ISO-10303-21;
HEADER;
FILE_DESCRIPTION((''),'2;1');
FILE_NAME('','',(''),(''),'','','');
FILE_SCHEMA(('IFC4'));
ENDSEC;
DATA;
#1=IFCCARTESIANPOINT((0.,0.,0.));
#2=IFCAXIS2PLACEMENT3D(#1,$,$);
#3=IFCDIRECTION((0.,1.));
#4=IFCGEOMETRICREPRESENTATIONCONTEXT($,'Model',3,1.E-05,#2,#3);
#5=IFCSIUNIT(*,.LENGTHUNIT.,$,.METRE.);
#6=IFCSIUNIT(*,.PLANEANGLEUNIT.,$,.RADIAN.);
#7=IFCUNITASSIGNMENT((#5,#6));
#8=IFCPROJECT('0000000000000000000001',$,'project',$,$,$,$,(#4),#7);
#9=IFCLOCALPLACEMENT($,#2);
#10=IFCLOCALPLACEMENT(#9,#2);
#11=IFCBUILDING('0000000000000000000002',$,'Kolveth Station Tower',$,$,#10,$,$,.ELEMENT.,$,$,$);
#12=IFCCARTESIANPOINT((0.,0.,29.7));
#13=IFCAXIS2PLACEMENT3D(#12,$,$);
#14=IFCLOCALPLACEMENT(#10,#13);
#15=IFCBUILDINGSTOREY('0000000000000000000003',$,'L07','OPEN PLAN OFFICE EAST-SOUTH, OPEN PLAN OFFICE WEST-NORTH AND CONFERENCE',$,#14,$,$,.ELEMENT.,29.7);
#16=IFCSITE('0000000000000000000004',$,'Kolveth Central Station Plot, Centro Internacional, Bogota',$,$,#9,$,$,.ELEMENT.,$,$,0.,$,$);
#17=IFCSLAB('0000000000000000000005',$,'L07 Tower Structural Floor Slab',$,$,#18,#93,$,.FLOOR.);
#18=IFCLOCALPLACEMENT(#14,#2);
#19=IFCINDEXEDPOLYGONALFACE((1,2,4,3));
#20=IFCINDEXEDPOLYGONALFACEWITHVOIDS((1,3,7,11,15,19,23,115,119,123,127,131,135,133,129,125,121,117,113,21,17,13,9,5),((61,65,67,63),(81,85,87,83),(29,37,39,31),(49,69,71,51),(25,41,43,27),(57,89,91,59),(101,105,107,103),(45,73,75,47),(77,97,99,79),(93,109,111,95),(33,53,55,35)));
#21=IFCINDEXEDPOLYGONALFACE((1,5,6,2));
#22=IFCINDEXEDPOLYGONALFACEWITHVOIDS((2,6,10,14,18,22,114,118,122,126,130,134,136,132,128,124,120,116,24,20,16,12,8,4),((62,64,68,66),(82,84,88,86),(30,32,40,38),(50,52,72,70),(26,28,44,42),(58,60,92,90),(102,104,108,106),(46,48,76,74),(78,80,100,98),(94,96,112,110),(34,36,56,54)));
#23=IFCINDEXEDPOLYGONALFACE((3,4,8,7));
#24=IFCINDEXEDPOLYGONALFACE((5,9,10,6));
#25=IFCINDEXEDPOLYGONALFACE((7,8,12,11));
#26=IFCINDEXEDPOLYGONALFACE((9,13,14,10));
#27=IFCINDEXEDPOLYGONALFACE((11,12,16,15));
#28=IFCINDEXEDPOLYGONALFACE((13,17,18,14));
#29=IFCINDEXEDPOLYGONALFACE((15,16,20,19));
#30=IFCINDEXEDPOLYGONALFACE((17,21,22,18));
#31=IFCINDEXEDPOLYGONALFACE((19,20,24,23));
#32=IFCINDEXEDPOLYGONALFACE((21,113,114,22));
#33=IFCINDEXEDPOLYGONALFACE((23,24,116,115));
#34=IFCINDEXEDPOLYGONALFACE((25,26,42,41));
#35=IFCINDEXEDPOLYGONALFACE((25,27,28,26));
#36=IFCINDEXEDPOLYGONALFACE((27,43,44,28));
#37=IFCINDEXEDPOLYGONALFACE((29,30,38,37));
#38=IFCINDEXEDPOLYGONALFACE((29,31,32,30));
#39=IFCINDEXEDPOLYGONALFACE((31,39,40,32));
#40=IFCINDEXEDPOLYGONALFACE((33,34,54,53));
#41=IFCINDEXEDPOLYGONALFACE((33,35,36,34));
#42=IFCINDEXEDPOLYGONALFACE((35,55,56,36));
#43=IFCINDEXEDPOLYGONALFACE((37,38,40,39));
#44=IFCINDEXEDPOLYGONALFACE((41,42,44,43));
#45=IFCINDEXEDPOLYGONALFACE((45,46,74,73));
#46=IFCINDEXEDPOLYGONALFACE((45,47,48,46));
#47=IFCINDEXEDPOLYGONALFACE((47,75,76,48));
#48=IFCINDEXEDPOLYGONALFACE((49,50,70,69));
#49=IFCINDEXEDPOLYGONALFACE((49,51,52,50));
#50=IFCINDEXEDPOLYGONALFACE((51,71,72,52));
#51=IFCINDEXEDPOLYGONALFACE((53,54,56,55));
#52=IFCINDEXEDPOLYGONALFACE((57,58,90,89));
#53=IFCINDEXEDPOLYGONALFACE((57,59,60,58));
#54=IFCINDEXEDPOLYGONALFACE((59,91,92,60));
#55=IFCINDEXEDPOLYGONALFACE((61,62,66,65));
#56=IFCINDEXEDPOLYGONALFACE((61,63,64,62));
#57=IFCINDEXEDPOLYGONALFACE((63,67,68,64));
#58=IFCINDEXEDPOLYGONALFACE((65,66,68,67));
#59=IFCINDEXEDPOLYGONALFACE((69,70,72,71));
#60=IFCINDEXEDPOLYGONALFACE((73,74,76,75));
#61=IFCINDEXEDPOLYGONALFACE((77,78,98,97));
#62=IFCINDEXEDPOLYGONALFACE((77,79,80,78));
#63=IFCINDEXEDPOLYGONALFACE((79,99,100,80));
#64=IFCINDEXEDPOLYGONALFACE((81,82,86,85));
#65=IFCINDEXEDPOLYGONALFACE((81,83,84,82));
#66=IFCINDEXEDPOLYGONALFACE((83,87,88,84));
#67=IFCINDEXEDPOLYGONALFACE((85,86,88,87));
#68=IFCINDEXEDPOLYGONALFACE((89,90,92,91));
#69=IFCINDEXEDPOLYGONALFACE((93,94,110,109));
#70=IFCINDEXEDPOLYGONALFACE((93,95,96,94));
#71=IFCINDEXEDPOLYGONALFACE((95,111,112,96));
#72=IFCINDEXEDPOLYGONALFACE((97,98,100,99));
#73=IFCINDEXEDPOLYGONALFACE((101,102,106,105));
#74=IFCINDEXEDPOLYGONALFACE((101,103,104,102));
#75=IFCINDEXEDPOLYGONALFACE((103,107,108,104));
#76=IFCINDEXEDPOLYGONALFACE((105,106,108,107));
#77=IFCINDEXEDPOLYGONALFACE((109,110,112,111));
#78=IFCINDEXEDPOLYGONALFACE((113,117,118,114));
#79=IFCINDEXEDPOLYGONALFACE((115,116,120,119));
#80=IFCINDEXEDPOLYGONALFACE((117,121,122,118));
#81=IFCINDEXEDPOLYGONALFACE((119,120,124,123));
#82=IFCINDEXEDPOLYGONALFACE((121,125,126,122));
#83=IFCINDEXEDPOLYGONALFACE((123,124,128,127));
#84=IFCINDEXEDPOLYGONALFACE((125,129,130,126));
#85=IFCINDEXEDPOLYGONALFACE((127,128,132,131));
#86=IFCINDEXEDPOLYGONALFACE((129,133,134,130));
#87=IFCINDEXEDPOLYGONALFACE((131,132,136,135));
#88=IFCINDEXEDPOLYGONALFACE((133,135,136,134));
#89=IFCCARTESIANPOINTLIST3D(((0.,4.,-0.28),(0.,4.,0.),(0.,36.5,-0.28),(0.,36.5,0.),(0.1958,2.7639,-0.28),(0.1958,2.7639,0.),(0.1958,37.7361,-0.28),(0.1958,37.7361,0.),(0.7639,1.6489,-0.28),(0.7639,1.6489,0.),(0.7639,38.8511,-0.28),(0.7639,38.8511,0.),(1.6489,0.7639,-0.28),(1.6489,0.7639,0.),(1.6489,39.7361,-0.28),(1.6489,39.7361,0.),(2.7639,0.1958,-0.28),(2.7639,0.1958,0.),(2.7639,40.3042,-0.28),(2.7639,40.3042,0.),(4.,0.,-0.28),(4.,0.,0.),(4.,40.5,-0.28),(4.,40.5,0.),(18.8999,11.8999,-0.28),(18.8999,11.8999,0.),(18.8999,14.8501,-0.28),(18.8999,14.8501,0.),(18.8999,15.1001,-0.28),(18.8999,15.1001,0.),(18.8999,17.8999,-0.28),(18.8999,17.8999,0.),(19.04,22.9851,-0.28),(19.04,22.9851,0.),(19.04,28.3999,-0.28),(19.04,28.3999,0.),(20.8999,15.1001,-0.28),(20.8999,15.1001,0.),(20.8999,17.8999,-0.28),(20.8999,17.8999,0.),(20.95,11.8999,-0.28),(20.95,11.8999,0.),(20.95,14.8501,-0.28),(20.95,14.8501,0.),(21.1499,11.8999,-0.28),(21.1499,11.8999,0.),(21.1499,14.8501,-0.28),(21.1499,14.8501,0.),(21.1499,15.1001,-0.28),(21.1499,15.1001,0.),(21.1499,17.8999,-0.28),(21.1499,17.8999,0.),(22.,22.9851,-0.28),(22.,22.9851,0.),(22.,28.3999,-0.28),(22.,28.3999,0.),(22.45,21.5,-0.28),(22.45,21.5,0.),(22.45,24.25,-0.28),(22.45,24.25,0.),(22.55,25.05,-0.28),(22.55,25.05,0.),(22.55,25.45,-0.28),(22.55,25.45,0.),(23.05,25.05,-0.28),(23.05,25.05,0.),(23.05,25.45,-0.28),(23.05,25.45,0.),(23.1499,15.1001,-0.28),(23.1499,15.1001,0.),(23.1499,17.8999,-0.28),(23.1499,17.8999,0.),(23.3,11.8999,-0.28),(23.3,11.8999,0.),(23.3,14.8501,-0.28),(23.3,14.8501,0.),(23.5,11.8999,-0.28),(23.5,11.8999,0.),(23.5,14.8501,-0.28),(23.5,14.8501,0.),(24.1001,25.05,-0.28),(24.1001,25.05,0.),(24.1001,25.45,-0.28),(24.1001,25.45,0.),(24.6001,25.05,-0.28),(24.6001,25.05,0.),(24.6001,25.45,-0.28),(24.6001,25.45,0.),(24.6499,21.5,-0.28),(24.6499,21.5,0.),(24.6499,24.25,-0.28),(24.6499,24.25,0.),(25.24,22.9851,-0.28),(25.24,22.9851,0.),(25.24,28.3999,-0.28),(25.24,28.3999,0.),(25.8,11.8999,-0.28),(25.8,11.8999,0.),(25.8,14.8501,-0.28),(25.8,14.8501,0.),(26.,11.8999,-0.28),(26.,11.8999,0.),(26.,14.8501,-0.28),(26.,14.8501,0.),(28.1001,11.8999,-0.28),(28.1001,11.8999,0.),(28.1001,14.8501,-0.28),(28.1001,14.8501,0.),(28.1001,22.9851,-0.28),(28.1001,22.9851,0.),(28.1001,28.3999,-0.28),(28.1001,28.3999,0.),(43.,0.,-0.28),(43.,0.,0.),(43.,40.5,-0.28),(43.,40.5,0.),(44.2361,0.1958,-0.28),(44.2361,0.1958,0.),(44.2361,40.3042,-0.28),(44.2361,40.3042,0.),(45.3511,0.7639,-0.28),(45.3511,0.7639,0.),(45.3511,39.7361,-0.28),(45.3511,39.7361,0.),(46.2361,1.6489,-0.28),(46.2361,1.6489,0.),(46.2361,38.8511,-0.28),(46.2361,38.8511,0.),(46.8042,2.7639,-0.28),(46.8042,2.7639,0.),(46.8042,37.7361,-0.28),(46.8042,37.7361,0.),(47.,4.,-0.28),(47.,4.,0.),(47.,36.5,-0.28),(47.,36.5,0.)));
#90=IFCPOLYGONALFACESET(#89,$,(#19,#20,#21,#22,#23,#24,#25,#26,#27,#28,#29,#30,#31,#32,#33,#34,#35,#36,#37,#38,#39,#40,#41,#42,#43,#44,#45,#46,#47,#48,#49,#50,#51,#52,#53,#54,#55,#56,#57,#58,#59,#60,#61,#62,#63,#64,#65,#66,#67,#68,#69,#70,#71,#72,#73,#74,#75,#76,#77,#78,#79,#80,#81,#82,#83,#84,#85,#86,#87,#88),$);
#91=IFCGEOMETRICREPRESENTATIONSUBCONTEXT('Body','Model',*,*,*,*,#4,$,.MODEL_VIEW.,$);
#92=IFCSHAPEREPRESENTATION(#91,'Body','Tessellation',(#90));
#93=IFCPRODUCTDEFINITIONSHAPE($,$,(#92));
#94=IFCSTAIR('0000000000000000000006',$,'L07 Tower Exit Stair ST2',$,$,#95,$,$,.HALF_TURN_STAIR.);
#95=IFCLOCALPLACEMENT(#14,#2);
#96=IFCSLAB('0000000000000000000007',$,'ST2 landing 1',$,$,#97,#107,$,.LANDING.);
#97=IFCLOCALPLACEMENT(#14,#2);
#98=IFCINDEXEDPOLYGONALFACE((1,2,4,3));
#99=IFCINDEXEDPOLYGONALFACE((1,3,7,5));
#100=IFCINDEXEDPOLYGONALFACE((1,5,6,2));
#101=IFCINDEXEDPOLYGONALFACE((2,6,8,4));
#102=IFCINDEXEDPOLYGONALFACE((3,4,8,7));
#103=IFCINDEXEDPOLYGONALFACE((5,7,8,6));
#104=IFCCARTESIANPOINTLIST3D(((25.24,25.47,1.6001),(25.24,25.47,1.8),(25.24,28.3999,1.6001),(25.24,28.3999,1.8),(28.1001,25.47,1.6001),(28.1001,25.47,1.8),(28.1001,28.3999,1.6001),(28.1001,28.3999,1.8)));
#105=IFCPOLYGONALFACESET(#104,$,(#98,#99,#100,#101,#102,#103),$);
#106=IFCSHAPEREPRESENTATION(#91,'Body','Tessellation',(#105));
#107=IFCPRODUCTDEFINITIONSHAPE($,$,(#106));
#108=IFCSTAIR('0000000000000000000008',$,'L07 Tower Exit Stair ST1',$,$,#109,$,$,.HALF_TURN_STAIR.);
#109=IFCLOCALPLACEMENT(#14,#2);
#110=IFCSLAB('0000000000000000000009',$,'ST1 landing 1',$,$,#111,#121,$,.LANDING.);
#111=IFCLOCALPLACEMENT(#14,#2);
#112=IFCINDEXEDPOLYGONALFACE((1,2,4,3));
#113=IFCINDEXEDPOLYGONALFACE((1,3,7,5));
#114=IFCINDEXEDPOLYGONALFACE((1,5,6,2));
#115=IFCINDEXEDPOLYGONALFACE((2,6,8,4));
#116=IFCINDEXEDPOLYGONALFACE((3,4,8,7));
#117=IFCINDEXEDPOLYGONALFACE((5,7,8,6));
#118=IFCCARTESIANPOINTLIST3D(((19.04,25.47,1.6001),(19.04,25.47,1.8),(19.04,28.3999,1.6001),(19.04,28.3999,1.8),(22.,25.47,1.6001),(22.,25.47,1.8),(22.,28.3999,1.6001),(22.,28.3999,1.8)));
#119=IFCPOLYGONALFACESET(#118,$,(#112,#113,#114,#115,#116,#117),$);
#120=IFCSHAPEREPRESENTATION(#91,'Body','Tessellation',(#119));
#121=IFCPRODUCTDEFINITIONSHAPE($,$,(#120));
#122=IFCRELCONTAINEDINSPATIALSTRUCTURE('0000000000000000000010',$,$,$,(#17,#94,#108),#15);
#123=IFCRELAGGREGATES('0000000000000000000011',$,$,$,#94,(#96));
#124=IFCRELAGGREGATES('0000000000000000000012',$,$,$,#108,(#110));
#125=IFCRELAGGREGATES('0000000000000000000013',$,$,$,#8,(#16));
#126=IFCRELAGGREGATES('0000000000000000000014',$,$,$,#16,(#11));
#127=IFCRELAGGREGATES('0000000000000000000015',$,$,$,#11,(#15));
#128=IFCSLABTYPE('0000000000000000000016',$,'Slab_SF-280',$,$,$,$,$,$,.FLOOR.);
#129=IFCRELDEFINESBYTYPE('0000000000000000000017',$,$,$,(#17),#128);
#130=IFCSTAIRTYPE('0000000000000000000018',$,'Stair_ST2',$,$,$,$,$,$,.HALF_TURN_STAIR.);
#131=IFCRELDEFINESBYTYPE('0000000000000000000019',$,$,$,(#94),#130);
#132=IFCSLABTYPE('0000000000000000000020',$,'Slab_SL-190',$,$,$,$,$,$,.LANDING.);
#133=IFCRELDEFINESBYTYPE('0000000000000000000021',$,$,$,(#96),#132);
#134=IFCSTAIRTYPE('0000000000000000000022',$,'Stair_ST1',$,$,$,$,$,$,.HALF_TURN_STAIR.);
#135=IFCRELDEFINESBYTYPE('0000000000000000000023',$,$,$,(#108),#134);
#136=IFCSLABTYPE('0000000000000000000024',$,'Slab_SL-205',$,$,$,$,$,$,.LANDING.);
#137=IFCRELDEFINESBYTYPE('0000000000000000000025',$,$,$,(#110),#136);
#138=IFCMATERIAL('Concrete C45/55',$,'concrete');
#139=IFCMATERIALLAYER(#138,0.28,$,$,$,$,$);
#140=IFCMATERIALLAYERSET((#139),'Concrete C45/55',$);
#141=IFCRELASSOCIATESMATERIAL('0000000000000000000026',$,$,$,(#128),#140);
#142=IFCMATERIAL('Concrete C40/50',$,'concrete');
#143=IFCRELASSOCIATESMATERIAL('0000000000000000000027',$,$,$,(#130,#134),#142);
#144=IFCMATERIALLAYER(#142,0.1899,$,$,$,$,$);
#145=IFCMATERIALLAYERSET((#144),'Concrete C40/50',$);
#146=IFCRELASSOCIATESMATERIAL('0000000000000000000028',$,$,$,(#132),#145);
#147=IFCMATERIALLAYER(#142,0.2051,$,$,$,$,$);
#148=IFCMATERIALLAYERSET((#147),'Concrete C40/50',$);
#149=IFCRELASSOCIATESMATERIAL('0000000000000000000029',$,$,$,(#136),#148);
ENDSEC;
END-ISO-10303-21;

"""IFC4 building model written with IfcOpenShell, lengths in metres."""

from ifc_helpers import new_model, si_unit, direction, frame, origin, place, context, subcontext, project, spatial, polyline, outline, extrude, material, layer, layer_set, type_object, element, aggregate, save


model = new_model("IFC4")

# Units and contexts
model_context = context("Model", 3, precision=1e-05, world=origin(), true_north=direction((0.0, 1.0)))
body_context = subcontext(model_context, "Body", "Model", "MODEL_VIEW")
ifc_project = project(units=[si_unit("LENGTHUNIT", "METRE"), si_unit("PLANEANGLEUNIT", "RADIAN")], contexts=[model_context])

# Site, building, storey
site_placement = place(None, origin())
site = spatial("IfcSite", under=ifc_project, at=site_placement, Name="Kolveth Central Station Plot, Centro Internacional, Bogota", CompositionType="ELEMENT", RefElevation=0.0)
building_placement = place(site_placement, origin())
building = spatial("IfcBuilding", under=site, at=building_placement, Name="Kolveth Station Tower", CompositionType="ELEMENT")
storey_placement = place(building_placement, frame((0.0, 0.0, 29.7)))
storey = spatial("IfcBuildingStorey", under=building, at=storey_placement, Name="L07", Description="OPEN PLAN OFFICE EAST-SOUTH, OPEN PLAN OFFICE WEST-NORTH AND CONFERENCE", CompositionType="ELEMENT", Elevation=29.7)

# Slab
ifc_material_1 = material(Name="Concrete C45/55", Category="concrete")
ifc_layer_1 = layer(ifc_material_1, 0.28)
ifc_layer_set_1 = layer_set([ifc_layer_1], Name="Concrete C45/55")
slab_type_1 = type_object("IfcSlabType", Name="Slab_SF-280", PredefinedType="FLOOR", material=ifc_layer_set_1)
slab_1_placement = place(storey_placement, frame((0.0, 0.0, -0.28)))
element("IfcSlab", 1, at=slab_1_placement, inside=storey, type_object=slab_type_1, Name="L07 Tower Structural Floor Slab", PredefinedType="FLOOR", context=body_context, shape_type="SweptSolid", body=[
    extrude(outline(polyline([(43.0, 0.0), (44.2361, 0.1958), (45.3511, 0.7639), (46.2361, 1.6489), (46.8042, 2.7639), (47.0, 4.0), (47.0, 36.5), (46.8042, 37.7361), (46.2361, 38.8511), (45.3511, 39.7361), (44.2361, 40.3042), (43.0, 40.5), (4.0, 40.5), (2.7639, 40.3042), (1.6489, 39.7361), (0.7639, 38.8511), (0.1958, 37.7361), (0.0, 36.5), (0.0, 4.0), (0.1958, 2.7639), (0.7639, 1.6489), (1.6489, 0.7639), (2.7639, 0.1958), (4.0, 0.0), (43.0, 0.0)]), holes=[polyline([(19.04, 22.9851), (22.0, 22.9851), (22.0, 28.3999), (19.04, 28.3999), (19.04, 22.9851)]), polyline([(25.24, 22.9851), (28.1001, 22.9851), (28.1001, 28.3999), (25.24, 28.3999), (25.24, 22.9851)]), polyline([(18.8999, 15.1001), (20.8999, 15.1001), (20.8999, 17.8999), (18.8999, 17.8999), (18.8999, 15.1001)]), polyline([(21.1499, 15.1001), (23.1499, 15.1001), (23.1499, 17.8999), (21.1499, 17.8999), (21.1499, 15.1001)]), polyline([(22.45, 21.5), (24.6499, 21.5), (24.6499, 24.25), (22.45, 24.25), (22.45, 21.5)]), polyline([(18.8999, 11.8999), (20.95, 11.8999), (20.95, 14.8501), (18.8999, 14.8501), (18.8999, 11.8999)]), polyline([(21.1499, 11.8999), (23.3, 11.8999), (23.3, 14.8501), (21.1499, 14.8501), (21.1499, 11.8999)]), polyline([(23.5, 11.8999), (25.8, 11.8999), (25.8, 14.8501), (23.5, 14.8501), (23.5, 11.8999)]), polyline([(26.0, 11.8999), (28.1001, 11.8999), (28.1001, 14.8501), (26.0, 14.8501), (26.0, 11.8999)]), polyline([(22.55, 25.05), (23.05, 25.05), (23.05, 25.45), (22.55, 25.45), (22.55, 25.05)]), polyline([(24.1001, 25.05), (24.6001, 25.05), (24.6001, 25.45), (24.1001, 25.45), (24.1001, 25.05)])]), origin(), (0.0, 0.0, 1.0), 0.28),
])

# Stairs, slabs
ifc_material_2 = material(Name="Concrete C40/50", Category="concrete")
stair_type_1 = type_object("IfcStairType", Name="Stair_ST2", PredefinedType="HALF_TURN_STAIR", material=ifc_material_2)
stair_1_placement = place(storey_placement, origin())
stair_1 = element("IfcStair", 2, at=stair_1_placement, inside=storey, type_object=stair_type_1, Name="L07 Tower Exit Stair ST2", PredefinedType="HALF_TURN_STAIR")
ifc_layer_2 = layer(ifc_material_2, 0.1899)
ifc_layer_set_2 = layer_set([ifc_layer_2], Name="Concrete C40/50")
slab_type_2 = type_object("IfcSlabType", Name="Slab_SL-190", PredefinedType="LANDING", material=ifc_layer_set_2)
slab_2_placement = place(storey_placement, frame((0.0, 0.0, 1.6001)))
slab_2 = element("IfcSlab", 3, at=slab_2_placement, type_object=slab_type_2, Name="ST2 landing 1", PredefinedType="LANDING", context=body_context, shape_type="SweptSolid", body=[
    extrude(outline(polyline([(28.1001, 25.47), (28.1001, 28.3999), (25.24, 28.3999), (25.24, 25.47), (28.1001, 25.47)])), origin(), (0.0, 0.0, 1.0), 0.2),
])
aggregate(stair_1, [slab_2])
stair_type_2 = type_object("IfcStairType", Name="Stair_ST1", PredefinedType="HALF_TURN_STAIR", material=ifc_material_2)
stair_2_placement = place(storey_placement, origin())
stair_2 = element("IfcStair", 4, at=stair_2_placement, inside=storey, type_object=stair_type_2, Name="L07 Tower Exit Stair ST1", PredefinedType="HALF_TURN_STAIR")
ifc_layer_3 = layer(ifc_material_2, 0.2051)
ifc_layer_set_3 = layer_set([ifc_layer_3], Name="Concrete C40/50")
slab_type_3 = type_object("IfcSlabType", Name="Slab_SL-205", PredefinedType="LANDING", material=ifc_layer_set_3)
slab_3_placement = place(storey_placement, frame((0.0, 0.0, 1.6001)))
slab_3 = element("IfcSlab", 5, at=slab_3_placement, type_object=slab_type_3, Name="ST1 landing 1", PredefinedType="LANDING", context=body_context, shape_type="SweptSolid", body=[
    extrude(outline(polyline([(22.0, 25.47), (22.0, 28.3999), (19.04, 28.3999), (19.04, 25.47), (22.0, 25.47)])), origin(), (0.0, 0.0, 1.0), 0.2),
])
aggregate(stair_2, [slab_3])

save(model, "model.ifc")
